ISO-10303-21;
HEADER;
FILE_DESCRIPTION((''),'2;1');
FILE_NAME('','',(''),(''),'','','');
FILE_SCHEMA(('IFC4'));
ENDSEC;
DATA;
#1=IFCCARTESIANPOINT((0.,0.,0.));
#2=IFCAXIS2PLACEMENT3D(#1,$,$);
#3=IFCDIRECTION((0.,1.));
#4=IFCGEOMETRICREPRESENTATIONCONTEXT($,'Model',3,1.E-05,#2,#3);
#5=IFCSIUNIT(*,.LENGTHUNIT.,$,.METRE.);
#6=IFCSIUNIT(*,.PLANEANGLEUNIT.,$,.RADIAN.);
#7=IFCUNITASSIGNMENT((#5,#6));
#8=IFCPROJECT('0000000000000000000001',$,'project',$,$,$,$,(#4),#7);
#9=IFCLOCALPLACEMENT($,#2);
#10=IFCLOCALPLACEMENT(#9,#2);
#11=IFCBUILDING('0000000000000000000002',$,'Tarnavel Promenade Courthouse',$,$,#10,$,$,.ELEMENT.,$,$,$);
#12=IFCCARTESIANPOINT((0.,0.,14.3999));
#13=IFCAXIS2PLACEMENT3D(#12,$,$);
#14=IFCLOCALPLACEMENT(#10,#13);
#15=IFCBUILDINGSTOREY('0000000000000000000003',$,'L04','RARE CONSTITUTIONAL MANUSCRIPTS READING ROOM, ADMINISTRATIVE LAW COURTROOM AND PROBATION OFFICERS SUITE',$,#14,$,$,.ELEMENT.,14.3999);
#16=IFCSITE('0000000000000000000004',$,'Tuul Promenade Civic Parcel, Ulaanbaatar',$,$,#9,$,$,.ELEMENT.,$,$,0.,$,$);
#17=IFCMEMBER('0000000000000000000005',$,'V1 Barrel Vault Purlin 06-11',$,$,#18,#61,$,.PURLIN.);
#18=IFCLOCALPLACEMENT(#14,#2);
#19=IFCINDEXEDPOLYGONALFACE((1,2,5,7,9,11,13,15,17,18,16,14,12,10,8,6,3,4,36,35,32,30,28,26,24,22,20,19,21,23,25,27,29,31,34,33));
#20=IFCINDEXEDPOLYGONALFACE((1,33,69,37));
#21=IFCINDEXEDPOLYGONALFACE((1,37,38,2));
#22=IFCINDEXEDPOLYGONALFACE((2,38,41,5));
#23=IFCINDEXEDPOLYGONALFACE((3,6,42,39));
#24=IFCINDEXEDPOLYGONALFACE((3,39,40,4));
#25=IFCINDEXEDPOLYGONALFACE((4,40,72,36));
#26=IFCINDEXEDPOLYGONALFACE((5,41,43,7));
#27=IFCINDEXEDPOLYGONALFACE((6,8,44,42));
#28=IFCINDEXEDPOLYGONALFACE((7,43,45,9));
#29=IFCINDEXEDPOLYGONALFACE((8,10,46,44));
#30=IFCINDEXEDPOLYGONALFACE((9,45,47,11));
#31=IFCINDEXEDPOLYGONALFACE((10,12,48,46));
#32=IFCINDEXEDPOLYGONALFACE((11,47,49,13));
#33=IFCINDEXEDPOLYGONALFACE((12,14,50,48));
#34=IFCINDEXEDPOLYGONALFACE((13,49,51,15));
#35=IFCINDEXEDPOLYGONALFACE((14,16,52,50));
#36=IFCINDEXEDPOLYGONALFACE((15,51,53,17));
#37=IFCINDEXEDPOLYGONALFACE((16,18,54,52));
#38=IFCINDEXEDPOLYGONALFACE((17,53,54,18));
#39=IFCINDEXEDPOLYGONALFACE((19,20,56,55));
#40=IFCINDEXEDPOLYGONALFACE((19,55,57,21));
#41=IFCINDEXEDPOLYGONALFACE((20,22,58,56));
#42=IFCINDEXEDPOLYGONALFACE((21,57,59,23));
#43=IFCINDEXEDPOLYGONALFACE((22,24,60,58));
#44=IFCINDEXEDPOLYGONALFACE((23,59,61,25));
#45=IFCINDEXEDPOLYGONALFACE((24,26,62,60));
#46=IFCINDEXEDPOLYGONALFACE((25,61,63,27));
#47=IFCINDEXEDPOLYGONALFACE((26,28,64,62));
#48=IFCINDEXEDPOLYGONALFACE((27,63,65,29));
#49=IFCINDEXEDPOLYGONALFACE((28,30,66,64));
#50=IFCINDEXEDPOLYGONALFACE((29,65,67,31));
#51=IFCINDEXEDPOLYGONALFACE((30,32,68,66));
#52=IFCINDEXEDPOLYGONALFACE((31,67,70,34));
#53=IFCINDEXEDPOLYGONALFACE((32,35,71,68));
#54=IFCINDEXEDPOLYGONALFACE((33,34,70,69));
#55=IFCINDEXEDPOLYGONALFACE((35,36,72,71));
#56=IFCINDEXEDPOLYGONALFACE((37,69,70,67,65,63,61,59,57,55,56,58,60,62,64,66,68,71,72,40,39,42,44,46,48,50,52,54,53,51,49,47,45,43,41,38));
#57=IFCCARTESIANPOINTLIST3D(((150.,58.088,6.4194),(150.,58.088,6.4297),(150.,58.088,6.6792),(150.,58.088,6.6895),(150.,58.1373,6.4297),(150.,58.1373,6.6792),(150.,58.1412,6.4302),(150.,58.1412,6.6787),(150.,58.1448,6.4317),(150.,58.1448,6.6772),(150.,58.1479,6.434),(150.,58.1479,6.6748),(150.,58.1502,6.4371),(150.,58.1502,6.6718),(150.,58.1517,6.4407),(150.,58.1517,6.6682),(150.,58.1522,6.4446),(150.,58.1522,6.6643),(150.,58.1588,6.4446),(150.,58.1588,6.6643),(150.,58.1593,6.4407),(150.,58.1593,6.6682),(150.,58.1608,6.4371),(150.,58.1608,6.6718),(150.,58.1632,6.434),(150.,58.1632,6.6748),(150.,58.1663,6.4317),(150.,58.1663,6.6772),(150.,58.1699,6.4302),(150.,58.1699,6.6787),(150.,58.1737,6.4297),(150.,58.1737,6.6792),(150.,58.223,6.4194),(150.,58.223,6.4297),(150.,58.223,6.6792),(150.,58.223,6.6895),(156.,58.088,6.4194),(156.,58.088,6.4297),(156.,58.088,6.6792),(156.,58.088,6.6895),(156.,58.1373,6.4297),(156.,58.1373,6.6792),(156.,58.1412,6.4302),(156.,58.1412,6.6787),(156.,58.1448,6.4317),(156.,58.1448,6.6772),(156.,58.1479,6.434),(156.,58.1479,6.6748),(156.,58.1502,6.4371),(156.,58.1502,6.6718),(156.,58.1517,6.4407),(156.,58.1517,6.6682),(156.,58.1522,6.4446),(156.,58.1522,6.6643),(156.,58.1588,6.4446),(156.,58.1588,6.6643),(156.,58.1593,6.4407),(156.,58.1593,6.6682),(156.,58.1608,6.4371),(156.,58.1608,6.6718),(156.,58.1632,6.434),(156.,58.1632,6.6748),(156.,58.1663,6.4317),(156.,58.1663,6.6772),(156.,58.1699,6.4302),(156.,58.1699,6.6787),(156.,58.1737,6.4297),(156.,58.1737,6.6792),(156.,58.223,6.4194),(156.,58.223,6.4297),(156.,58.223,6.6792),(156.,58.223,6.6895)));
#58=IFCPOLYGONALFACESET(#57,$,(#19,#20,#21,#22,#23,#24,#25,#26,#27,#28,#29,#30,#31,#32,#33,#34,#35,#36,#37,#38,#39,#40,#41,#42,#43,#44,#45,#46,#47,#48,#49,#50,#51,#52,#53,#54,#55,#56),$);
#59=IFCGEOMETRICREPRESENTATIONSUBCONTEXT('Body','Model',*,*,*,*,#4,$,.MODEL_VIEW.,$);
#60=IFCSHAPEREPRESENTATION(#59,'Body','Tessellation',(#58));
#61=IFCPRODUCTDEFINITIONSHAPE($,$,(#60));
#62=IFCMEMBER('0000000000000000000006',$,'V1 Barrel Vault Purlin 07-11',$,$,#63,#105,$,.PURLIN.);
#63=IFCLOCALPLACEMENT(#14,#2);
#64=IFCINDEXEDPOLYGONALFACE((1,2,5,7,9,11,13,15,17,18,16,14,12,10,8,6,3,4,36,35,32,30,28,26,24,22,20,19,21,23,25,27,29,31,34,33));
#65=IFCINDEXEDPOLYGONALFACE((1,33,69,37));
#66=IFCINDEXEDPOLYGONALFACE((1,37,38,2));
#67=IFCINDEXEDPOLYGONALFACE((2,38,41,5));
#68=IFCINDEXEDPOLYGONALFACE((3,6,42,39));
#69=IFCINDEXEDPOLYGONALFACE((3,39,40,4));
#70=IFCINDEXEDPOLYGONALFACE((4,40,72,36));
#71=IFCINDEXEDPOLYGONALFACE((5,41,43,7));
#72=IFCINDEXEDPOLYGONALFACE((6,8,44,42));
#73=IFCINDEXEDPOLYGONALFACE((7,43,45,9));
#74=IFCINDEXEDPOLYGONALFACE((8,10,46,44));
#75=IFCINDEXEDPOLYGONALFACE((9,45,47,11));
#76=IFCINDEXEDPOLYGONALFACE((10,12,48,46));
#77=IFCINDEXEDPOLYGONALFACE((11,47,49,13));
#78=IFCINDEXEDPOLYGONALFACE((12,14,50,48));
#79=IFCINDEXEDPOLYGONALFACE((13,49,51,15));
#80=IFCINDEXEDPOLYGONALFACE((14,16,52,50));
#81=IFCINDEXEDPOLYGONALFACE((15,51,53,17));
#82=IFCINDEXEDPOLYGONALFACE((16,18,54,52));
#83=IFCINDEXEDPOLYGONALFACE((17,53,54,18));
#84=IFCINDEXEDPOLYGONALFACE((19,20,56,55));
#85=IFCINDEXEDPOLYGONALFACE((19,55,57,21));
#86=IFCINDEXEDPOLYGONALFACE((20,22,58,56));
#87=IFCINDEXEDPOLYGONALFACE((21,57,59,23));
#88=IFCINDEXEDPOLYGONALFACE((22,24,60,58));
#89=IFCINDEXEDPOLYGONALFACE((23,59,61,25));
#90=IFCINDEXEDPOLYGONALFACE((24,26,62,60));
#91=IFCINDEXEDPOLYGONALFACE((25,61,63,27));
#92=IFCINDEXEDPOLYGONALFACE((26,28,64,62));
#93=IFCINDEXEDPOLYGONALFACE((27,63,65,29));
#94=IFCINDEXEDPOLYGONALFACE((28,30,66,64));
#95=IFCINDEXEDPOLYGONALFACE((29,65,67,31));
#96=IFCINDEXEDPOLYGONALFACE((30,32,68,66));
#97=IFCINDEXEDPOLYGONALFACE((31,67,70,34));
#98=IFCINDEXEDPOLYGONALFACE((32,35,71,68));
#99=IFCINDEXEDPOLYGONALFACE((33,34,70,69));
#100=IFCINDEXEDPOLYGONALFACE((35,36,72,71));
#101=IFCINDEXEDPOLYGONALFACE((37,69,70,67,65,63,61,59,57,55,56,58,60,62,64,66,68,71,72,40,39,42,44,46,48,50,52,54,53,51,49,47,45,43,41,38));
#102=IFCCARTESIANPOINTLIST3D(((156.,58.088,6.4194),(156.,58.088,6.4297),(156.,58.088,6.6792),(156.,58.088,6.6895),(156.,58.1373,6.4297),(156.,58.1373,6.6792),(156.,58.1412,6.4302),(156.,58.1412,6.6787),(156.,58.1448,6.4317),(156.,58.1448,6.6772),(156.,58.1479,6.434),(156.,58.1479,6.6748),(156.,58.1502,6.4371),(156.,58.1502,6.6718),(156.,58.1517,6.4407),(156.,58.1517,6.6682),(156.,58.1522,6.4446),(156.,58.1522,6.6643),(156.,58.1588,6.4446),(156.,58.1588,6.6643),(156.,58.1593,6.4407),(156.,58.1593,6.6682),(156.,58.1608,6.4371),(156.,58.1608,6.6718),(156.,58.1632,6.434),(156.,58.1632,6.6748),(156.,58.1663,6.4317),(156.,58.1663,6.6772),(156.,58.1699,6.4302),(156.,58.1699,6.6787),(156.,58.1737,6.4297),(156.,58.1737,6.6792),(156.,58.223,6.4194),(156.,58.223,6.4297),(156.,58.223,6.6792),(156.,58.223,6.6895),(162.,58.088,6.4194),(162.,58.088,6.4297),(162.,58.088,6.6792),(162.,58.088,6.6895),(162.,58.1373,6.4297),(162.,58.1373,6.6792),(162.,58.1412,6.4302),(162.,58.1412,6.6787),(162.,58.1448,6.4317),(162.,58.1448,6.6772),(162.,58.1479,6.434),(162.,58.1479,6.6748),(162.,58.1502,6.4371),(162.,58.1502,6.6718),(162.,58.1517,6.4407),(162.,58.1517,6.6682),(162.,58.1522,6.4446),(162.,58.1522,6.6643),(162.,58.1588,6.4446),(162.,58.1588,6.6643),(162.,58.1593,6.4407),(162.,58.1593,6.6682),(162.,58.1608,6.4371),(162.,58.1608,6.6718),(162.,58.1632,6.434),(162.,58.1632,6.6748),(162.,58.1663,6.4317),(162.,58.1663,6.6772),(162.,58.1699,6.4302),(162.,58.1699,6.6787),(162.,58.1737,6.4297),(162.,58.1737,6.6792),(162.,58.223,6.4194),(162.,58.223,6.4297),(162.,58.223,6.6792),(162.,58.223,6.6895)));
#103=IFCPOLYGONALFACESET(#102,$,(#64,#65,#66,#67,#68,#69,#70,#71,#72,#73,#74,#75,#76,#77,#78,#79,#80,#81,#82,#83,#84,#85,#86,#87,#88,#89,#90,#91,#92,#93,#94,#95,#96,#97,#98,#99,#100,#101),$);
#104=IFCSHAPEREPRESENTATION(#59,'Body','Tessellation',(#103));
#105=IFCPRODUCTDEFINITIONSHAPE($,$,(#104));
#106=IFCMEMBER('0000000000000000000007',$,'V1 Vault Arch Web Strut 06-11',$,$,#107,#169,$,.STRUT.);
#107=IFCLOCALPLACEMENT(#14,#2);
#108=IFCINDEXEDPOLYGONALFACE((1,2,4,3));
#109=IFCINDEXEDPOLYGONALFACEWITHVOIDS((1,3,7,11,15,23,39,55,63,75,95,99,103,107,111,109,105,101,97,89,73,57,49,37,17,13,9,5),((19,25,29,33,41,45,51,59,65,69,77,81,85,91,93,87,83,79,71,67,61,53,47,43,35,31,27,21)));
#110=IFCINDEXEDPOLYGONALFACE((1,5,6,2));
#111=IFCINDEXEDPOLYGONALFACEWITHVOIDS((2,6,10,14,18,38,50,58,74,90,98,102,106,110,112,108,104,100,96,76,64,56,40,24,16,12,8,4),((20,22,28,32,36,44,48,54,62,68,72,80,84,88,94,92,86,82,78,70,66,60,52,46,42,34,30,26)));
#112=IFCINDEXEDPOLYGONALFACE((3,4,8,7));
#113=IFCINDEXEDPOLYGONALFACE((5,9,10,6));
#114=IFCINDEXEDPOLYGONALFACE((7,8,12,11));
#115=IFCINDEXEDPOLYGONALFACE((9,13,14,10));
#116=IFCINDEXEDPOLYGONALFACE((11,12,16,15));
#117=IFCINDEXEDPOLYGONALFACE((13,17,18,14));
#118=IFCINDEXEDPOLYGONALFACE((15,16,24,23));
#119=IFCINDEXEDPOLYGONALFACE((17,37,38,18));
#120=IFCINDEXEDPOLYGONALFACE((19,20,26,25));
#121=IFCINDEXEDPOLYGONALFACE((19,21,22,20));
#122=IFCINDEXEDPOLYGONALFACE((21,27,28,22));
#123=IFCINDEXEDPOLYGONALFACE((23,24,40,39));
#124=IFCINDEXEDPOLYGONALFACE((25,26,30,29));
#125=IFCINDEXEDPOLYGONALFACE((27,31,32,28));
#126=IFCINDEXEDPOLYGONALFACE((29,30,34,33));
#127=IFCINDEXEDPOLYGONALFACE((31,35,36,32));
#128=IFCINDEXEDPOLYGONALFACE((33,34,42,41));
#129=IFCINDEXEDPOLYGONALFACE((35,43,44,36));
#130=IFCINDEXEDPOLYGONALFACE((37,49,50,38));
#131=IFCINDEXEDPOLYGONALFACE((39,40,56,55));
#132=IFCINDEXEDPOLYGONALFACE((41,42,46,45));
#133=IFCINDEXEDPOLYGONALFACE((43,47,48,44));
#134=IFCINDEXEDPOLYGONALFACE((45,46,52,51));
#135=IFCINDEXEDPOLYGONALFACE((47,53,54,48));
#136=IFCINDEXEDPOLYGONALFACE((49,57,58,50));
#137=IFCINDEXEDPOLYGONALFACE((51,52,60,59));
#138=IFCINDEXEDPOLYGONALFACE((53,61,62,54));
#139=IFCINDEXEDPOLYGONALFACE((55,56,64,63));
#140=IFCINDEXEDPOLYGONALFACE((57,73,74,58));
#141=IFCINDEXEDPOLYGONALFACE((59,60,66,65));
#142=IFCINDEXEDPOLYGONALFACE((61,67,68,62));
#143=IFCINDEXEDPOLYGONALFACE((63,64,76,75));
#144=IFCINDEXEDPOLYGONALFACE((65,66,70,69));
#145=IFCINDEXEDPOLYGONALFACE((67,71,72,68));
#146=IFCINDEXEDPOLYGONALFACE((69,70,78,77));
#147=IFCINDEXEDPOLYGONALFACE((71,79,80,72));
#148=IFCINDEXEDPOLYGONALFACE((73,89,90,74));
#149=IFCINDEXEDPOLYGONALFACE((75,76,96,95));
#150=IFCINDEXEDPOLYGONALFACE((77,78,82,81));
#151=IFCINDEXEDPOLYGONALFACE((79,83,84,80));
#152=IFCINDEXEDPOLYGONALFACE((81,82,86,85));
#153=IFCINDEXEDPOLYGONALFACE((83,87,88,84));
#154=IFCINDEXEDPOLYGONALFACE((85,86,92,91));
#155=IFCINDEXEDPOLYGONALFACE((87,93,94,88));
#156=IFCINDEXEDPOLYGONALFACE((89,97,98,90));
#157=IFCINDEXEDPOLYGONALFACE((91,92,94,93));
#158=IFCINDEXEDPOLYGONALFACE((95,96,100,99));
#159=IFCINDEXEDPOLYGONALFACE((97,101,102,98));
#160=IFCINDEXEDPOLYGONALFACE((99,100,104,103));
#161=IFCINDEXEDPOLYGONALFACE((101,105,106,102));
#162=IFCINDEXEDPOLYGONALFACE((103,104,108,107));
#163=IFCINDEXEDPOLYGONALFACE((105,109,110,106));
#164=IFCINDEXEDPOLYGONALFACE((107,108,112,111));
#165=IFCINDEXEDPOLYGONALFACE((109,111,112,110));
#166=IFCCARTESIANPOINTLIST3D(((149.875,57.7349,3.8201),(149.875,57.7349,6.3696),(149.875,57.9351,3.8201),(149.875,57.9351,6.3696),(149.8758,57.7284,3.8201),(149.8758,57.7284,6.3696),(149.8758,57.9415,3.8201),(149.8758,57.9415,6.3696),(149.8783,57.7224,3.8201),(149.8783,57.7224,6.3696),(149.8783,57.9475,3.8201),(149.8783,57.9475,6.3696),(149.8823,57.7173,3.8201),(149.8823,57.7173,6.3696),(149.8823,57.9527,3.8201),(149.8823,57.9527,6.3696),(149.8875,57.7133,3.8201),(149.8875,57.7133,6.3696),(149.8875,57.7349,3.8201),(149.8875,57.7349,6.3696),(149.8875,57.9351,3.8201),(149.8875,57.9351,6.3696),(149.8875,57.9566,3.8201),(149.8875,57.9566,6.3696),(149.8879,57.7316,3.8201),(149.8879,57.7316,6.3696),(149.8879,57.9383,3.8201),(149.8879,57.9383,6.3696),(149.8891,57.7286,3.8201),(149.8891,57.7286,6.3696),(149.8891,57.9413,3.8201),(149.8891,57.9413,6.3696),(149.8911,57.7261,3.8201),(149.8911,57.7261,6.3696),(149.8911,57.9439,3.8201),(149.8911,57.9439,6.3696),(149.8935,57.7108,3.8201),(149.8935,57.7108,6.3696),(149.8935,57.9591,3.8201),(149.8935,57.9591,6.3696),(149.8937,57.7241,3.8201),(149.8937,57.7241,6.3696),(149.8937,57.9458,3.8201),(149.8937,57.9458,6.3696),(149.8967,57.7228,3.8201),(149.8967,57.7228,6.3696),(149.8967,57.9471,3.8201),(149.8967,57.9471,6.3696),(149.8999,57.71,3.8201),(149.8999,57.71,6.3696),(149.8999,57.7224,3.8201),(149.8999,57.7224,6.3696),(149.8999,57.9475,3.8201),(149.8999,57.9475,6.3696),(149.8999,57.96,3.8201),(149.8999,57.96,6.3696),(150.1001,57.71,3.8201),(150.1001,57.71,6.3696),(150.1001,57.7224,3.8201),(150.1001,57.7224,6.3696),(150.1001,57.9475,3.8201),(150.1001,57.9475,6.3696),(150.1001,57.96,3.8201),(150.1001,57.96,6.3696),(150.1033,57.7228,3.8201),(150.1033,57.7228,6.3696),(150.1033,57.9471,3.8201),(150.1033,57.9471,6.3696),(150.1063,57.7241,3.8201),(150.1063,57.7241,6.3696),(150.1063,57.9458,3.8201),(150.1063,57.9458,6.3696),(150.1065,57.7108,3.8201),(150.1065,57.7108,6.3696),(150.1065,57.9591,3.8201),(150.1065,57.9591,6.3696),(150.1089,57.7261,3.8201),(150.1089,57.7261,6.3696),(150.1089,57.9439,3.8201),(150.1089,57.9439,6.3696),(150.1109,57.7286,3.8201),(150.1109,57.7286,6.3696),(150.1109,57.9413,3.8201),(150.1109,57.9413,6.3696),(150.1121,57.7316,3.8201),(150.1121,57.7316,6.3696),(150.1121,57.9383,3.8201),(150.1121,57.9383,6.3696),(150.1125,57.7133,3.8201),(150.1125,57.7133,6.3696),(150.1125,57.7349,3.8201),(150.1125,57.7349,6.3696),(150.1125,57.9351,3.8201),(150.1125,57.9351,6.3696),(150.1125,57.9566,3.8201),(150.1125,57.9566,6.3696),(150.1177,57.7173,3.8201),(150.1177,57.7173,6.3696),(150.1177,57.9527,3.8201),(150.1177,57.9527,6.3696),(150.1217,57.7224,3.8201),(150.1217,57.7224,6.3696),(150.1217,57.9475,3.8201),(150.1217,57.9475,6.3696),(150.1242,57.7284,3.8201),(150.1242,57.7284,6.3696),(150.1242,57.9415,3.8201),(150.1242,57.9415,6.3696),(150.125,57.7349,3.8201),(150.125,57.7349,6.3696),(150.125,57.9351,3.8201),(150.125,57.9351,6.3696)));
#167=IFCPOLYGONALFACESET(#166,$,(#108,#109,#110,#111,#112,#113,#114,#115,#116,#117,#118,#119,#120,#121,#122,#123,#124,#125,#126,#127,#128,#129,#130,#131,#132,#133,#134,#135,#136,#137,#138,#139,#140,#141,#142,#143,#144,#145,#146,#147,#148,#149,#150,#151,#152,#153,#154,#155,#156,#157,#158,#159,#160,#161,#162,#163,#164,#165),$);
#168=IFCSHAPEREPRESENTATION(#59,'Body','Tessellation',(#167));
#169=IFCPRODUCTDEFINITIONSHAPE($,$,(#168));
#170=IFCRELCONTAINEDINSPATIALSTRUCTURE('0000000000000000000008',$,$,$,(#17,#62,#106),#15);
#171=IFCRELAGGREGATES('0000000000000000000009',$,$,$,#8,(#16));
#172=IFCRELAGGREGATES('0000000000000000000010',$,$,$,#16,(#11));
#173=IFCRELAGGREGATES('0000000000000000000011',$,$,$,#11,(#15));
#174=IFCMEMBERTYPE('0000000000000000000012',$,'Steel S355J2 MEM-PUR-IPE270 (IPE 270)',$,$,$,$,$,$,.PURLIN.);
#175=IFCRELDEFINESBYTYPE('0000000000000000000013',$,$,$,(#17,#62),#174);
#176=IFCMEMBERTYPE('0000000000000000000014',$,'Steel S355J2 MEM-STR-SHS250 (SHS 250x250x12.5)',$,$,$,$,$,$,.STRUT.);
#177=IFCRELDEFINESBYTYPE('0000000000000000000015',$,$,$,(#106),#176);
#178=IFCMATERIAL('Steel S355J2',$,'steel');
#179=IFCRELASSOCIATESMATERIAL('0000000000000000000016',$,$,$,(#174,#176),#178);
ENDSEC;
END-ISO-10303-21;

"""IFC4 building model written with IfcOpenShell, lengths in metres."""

from ifc_helpers import new_model, si_unit, direction, frame, origin, origin_2d, place, context, subcontext, project, spatial, hollow_rectangle, i_section, extrude, material, material_profile, profile_set, type_object, element, save


model = new_model("IFC4")

# Units and contexts
model_context = context("Model", 3, precision=1e-05, world=origin(), true_north=direction((0.0, 1.0)))
body_context = subcontext(model_context, "Body", "Model", "MODEL_VIEW")
ifc_project = project(units=[si_unit("LENGTHUNIT", "METRE"), si_unit("PLANEANGLEUNIT", "RADIAN")], contexts=[model_context])

# Site, building, storey
site_placement = place(None, origin())
site = spatial("IfcSite", under=ifc_project, at=site_placement, Name="Tuul Promenade Civic Parcel, Ulaanbaatar", CompositionType="ELEMENT", RefElevation=0.0)
building_placement = place(site_placement, origin())
building = spatial("IfcBuilding", under=site, at=building_placement, Name="Tarnavel Promenade Courthouse", CompositionType="ELEMENT")
storey_placement = place(building_placement, frame((0.0, 0.0, 14.3999)))
storey = spatial("IfcBuildingStorey", under=building, at=storey_placement, Name="L04", Description="RARE CONSTITUTIONAL MANUSCRIPTS READING ROOM, ADMINISTRATIVE LAW COURTROOM AND PROBATION OFFICERS SUITE", CompositionType="ELEMENT", Elevation=14.3999)

# Shared definitions
ifc_material_1 = material(Name="Steel S355J2", Category="steel")

# Members
ifc_material_profile_1 = material_profile(ifc_material_1, i_section(OverallWidth=0.135, OverallDepth=0.27, WebThickness=0.0066, FlangeThickness=0.0103, FilletRadius=0.0149, at=origin_2d()), Name="IPE 270")
ifc_profile_set_1 = profile_set([ifc_material_profile_1], Name="Steel S355J2")
member_type_1 = type_object("IfcMemberType", Name="Steel S355J2 MEM-PUR-IPE270 (IPE 270)", PredefinedType="PURLIN", material=ifc_profile_set_1)
for number, where, z_axis, x_axis, name in (
    (1, (150.0, 58.1555, 6.5544), (1.0, 0.0, 0.0), (0.0, 1.0, 0.0), "V1 Barrel Vault Purlin 06-11"),
    (2, (156.0, 58.1555, 6.5544), (1.0, 0.0, 0.0), (0.0, 1.0, 0.0), "V1 Barrel Vault Purlin 07-11"),
):
    element("IfcMember", number, at=place(storey_placement, frame(where, z_axis=z_axis, x_axis=x_axis)), inside=storey, type_object=member_type_1, Name=name, PredefinedType="PURLIN", context=body_context, shape_type="SweptSolid", body=[
        extrude(i_section(OverallWidth=0.135, OverallDepth=0.27, WebThickness=0.0066, FlangeThickness=0.0103, FilletRadius=0.0149, at=origin_2d()), origin(), (0.0, 0.0, 1.0), 6.0),
    ])
ifc_material_profile_2 = material_profile(ifc_material_1, hollow_rectangle(XDim=0.25, YDim=0.25, WallThickness=0.0125, InnerFilletRadius=0.0125, OuterFilletRadius=0.0249, at=origin_2d()), Name="SHS 250x250x12.5")
ifc_profile_set_2 = profile_set([ifc_material_profile_2], Name="Steel S355J2")
member_type_2 = type_object("IfcMemberType", Name="Steel S355J2 MEM-STR-SHS250 (SHS 250x250x12.5)", PredefinedType="STRUT", material=ifc_profile_set_2)
for number, where, z_axis, x_axis, name in (
    (3, (150.0, 57.835, 3.8201), (0.0, 0.0, 1.0), (1.0, 0.0, 0.0), "V1 Vault Arch Web Strut 06-11"),
):
    element("IfcMember", number, at=place(storey_placement, frame(where, z_axis=z_axis, x_axis=x_axis)), inside=storey, type_object=member_type_2, Name=name, PredefinedType="STRUT", context=body_context, shape_type="SweptSolid", body=[
        extrude(hollow_rectangle(XDim=0.25, YDim=0.25, WallThickness=0.0125, InnerFilletRadius=0.0125, OuterFilletRadius=0.0249, at=origin_2d()), origin(), (0.0, 0.0, 1.0), 2.5496),
    ])

save(model, "model.ifc")
